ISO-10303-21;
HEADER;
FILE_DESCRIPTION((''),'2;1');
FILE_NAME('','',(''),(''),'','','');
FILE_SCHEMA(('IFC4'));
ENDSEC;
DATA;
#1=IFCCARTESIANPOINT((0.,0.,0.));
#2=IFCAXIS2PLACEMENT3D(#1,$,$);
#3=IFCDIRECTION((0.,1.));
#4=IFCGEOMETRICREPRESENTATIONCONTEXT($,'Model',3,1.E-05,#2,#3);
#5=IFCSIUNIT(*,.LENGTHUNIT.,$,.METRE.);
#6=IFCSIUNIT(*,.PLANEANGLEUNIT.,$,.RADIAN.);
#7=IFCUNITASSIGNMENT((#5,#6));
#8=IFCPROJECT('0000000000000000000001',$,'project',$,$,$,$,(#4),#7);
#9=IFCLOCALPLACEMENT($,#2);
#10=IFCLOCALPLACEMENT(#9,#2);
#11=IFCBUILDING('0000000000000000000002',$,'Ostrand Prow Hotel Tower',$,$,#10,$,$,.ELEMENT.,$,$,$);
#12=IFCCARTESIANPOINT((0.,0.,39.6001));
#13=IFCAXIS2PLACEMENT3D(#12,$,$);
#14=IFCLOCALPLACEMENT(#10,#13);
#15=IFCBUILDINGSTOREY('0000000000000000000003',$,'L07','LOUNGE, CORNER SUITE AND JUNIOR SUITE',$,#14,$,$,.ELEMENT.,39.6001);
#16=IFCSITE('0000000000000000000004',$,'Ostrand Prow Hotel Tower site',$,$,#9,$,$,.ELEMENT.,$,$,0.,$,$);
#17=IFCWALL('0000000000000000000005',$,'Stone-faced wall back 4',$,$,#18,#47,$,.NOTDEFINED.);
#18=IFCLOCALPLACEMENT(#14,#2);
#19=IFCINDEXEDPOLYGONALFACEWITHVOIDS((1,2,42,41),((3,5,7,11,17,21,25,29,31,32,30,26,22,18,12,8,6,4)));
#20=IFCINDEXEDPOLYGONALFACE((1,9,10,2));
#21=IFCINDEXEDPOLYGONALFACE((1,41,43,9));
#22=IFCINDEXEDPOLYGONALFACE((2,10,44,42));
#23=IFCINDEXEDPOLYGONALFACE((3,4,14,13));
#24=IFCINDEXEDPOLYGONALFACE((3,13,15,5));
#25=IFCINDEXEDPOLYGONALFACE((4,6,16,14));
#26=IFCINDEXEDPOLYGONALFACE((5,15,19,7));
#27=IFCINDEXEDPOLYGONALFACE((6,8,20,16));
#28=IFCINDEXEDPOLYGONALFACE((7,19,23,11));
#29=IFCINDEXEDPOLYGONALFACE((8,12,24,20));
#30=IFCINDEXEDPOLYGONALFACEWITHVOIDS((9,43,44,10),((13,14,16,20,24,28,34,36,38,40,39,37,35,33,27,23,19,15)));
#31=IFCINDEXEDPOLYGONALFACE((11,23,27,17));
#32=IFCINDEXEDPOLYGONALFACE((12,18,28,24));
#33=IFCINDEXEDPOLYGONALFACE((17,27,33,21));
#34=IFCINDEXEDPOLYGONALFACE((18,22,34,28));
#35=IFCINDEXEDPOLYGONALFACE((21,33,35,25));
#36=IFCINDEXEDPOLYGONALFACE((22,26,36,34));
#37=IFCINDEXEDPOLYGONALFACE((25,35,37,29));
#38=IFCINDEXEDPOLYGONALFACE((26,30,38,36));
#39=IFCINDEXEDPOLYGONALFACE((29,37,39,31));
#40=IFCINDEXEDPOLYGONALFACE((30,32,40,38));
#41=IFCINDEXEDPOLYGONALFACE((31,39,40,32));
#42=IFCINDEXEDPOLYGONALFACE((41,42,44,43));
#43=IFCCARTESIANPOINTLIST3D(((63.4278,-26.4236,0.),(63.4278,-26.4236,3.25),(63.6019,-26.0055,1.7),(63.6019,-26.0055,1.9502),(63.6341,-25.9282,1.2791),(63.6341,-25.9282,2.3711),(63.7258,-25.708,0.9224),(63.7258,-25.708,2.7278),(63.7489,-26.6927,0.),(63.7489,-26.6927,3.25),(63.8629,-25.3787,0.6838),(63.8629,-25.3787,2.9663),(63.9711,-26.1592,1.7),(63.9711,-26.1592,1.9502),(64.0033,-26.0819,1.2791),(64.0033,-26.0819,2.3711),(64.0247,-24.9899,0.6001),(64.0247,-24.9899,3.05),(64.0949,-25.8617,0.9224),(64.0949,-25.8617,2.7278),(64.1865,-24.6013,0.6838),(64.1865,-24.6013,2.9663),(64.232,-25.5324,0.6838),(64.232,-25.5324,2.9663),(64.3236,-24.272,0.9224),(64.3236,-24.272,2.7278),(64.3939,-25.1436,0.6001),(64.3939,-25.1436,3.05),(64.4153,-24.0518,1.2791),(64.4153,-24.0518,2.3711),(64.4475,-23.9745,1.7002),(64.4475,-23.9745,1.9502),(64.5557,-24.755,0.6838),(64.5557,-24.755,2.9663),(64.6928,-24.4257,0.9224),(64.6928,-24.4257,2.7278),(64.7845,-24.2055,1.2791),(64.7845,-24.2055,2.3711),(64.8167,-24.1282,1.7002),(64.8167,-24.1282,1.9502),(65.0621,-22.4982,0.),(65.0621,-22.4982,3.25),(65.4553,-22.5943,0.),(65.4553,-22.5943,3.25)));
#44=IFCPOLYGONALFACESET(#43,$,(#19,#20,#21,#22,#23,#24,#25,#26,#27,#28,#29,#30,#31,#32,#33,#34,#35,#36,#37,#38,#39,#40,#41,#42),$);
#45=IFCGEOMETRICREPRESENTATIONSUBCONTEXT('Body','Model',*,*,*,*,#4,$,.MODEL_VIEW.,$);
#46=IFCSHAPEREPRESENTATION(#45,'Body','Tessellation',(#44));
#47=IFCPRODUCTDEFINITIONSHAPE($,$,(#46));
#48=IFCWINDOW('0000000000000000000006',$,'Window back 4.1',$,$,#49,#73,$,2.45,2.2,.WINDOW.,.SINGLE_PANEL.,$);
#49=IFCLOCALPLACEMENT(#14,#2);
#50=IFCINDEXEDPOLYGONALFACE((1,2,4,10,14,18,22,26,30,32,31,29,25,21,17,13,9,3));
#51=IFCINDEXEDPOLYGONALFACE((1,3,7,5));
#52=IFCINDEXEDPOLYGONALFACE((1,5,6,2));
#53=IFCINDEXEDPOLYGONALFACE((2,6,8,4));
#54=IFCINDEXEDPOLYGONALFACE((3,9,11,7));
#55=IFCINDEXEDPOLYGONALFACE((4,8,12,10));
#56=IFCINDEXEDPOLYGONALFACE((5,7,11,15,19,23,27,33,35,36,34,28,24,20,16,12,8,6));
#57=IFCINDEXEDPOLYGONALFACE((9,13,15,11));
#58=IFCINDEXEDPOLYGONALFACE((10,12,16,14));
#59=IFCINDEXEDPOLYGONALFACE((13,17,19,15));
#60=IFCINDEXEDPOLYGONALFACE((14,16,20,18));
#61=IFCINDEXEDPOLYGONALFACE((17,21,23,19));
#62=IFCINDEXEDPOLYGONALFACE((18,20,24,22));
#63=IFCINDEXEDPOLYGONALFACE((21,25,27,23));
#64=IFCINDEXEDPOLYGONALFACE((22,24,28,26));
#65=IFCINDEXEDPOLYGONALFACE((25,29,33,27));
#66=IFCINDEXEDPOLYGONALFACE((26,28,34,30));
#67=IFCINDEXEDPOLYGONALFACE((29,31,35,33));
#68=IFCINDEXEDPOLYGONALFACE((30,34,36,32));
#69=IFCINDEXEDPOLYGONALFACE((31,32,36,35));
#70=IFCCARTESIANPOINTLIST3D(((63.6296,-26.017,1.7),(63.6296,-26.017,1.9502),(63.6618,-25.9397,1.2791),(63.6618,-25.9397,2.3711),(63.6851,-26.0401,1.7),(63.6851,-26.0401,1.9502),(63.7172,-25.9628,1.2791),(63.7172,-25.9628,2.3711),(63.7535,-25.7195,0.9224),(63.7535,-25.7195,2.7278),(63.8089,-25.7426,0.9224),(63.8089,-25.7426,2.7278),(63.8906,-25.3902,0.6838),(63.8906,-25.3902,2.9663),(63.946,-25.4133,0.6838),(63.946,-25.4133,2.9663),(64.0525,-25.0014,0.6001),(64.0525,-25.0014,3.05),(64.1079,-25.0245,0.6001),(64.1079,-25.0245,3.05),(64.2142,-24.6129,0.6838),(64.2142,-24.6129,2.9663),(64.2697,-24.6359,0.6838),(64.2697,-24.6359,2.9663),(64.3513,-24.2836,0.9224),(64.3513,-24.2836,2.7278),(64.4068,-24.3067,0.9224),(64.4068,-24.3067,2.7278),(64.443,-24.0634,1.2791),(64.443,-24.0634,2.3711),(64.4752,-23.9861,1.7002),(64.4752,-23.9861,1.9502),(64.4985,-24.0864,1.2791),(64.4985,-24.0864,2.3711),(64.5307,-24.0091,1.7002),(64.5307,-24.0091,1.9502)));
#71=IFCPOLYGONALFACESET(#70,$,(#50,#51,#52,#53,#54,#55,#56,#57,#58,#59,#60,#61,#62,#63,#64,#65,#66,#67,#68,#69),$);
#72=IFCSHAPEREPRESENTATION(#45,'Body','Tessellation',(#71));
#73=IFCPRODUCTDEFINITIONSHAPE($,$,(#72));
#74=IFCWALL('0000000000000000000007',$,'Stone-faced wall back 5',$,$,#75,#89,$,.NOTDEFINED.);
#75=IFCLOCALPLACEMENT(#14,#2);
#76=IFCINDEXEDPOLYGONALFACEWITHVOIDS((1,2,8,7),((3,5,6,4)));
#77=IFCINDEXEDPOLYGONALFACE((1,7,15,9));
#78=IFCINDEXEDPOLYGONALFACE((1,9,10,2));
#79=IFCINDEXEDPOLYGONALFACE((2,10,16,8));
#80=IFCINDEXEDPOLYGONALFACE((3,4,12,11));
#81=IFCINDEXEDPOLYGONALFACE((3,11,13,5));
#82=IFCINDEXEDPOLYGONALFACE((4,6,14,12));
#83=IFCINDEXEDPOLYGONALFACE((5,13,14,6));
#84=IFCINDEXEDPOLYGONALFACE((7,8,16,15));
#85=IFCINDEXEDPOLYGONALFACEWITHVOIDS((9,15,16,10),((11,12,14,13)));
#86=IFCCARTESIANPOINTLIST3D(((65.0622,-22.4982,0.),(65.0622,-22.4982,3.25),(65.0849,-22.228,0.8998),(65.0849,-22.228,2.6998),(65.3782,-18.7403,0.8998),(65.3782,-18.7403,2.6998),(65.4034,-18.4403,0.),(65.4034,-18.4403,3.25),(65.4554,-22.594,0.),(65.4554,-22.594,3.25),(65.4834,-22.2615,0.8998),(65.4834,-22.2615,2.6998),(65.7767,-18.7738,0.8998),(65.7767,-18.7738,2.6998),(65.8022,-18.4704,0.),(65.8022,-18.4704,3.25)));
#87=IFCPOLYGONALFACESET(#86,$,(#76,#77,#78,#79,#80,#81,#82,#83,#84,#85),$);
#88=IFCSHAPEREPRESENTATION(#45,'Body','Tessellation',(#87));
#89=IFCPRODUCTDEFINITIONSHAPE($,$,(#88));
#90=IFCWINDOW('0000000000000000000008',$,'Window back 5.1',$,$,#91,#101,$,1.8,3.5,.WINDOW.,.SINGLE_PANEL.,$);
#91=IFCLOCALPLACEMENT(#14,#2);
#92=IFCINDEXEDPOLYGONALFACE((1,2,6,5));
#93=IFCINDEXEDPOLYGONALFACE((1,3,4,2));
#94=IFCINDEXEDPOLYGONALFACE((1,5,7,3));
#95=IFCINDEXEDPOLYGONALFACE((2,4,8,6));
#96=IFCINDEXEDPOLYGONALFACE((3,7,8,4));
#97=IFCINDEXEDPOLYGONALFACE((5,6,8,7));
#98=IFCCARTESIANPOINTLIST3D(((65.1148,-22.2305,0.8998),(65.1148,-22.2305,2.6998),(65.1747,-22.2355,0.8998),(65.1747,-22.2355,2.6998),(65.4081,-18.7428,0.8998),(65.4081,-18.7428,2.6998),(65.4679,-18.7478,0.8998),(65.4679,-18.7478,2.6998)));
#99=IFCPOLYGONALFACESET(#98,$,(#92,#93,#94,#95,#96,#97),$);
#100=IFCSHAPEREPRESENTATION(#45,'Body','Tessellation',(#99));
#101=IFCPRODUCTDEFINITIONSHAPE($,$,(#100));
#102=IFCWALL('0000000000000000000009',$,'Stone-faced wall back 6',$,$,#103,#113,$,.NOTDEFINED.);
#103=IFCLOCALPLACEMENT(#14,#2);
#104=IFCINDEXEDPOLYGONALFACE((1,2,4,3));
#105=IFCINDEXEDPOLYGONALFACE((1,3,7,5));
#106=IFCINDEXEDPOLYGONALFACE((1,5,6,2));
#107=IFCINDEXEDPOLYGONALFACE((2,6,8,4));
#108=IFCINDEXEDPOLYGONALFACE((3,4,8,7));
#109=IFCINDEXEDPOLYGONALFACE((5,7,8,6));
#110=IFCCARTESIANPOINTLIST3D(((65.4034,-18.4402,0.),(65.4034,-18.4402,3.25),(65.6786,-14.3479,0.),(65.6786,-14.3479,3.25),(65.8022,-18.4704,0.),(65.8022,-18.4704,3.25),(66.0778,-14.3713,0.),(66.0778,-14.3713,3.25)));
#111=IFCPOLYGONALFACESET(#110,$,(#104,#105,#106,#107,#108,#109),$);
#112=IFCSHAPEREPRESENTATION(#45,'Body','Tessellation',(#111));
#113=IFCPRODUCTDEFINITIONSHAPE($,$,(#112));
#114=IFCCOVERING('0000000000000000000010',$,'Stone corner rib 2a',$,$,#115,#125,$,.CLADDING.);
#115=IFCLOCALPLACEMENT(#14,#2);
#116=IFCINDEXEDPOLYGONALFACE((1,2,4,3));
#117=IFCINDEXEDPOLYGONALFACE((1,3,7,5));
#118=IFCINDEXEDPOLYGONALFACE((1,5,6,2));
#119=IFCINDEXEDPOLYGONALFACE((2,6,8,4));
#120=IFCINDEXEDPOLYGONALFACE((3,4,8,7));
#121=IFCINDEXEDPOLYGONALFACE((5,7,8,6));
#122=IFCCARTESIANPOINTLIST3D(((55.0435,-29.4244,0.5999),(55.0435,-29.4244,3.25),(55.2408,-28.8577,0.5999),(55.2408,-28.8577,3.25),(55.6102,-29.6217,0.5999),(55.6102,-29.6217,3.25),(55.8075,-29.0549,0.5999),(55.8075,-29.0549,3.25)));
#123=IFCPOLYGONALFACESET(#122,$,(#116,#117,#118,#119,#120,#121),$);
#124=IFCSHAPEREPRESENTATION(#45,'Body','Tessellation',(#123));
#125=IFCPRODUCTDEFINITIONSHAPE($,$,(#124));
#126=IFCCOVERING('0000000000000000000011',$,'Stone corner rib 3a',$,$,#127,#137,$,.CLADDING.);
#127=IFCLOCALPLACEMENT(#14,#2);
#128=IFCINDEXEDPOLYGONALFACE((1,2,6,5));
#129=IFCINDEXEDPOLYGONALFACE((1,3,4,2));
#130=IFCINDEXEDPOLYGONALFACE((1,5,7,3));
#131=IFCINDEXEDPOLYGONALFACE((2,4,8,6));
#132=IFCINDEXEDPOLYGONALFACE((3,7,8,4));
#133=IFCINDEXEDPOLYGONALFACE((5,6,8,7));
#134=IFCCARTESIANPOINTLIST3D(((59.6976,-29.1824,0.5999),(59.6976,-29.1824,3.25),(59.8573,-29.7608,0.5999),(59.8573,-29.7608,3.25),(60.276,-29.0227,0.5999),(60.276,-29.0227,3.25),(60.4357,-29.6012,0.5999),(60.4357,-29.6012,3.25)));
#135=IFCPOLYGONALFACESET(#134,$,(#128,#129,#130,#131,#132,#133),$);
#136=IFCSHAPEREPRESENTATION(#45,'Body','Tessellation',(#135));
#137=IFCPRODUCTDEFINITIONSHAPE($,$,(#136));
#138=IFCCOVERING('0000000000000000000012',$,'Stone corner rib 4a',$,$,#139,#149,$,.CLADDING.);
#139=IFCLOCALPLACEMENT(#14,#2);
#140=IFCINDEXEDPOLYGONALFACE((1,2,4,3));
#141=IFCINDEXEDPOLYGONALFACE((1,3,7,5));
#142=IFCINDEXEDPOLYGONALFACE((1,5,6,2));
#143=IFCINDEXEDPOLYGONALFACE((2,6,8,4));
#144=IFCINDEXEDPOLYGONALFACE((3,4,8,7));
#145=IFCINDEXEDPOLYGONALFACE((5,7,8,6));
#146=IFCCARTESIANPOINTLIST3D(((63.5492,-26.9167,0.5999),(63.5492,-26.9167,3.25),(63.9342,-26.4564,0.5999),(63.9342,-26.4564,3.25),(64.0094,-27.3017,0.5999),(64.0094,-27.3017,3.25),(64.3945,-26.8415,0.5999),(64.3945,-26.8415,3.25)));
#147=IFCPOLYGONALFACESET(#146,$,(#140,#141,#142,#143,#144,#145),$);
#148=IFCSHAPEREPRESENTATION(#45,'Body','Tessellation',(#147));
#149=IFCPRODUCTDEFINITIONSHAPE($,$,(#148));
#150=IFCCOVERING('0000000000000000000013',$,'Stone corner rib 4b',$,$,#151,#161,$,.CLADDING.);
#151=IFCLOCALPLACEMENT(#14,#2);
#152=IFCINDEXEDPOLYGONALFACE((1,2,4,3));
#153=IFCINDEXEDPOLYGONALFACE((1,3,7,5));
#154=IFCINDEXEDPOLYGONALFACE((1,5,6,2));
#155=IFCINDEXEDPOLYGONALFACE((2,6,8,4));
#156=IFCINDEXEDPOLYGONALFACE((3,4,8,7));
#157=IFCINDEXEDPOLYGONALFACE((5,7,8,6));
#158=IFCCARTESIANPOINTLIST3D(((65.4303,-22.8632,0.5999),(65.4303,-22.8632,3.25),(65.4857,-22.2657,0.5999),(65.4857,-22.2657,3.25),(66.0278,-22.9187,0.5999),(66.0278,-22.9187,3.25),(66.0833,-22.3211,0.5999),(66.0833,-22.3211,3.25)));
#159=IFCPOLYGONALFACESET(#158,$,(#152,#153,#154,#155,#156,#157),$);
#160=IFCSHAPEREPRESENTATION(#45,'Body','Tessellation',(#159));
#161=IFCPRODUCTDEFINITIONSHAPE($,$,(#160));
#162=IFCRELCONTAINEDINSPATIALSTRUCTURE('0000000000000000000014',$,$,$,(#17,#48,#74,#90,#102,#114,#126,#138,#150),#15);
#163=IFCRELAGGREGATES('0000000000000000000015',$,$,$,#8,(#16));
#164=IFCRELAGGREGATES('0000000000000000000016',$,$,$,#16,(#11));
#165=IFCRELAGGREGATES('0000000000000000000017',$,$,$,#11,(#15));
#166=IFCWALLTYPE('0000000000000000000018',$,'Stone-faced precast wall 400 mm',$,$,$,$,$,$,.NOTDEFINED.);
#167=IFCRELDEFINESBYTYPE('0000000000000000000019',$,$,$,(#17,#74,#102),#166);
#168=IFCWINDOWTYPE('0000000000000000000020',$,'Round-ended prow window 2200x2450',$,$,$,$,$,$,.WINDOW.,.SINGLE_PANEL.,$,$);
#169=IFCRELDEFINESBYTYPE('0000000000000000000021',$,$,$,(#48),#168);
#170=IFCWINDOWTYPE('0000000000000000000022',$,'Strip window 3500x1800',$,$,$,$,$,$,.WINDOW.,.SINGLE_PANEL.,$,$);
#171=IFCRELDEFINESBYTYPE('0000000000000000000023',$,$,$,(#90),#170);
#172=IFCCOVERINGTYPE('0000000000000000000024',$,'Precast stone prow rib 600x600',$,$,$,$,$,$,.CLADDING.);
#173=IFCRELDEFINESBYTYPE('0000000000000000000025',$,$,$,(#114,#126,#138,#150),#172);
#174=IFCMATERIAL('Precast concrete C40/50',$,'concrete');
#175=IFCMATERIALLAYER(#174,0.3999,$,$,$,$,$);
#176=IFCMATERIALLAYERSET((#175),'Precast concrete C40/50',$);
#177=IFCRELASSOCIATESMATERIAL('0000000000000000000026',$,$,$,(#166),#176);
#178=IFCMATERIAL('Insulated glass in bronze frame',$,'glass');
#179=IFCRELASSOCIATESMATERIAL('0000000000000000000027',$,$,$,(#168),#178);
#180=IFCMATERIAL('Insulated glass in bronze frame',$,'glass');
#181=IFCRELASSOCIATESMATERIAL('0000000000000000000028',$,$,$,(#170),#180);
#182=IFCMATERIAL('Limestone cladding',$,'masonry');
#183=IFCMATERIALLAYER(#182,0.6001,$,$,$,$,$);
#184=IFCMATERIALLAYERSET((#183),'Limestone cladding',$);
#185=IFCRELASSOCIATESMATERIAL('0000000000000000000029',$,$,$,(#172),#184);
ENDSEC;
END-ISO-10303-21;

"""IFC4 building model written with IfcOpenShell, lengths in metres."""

from ifc_helpers import new_model, si_unit, direction, frame, frame_2d, origin, place, context, subcontext, project, spatial, polyline, rectangle, outline, extrude, material, layer, layer_set, type_object, element, fill, save


model = new_model("IFC4")

# Units and contexts
model_context = context("Model", 3, precision=1e-05, world=origin(), true_north=direction((0.0, 1.0)))
body_context = subcontext(model_context, "Body", "Model", "MODEL_VIEW")
ifc_project = project(units=[si_unit("LENGTHUNIT", "METRE"), si_unit("PLANEANGLEUNIT", "RADIAN")], contexts=[model_context])

# Site, building, storey
site_placement = place(None, origin())
site = spatial("IfcSite", under=ifc_project, at=site_placement, Name="Ostrand Prow Hotel Tower site", CompositionType="ELEMENT", RefElevation=0.0)
building_placement = place(site_placement, origin())
building = spatial("IfcBuilding", under=site, at=building_placement, Name="Ostrand Prow Hotel Tower", CompositionType="ELEMENT")
storey_placement = place(building_placement, frame((0.0, 0.0, 39.6001)))
storey = spatial("IfcBuildingStorey", under=building, at=storey_placement, Name="L07", Description="LOUNGE, CORNER SUITE AND JUNIOR SUITE", CompositionType="ELEMENT", Elevation=39.6001)

# Walls, openings, windows
ifc_material_1 = material(Name="Precast concrete C40/50", Category="concrete")
ifc_layer_1 = layer(ifc_material_1, 0.3999)
ifc_layer_set_1 = layer_set([ifc_layer_1], Name="Precast concrete C40/50")
wall_type_1 = type_object("IfcWallType", Name="Stone-faced precast wall 400 mm", PredefinedType="NOTDEFINED", material=ifc_layer_set_1)
ifc_material_2 = material(Name="Insulated glass in bronze frame", Category="glass")
window_type_1 = type_object("IfcWindowType", Name="Round-ended prow window 2200x2450", PartitioningType="SINGLE_PANEL", PredefinedType="WINDOW", material=ifc_material_2)
wall_1_placement = place(storey_placement, frame((63.5884, -26.5581, 0.0), z_axis=(0.0, 0.0, 1.0), x_axis=(0.384372, 0.923178, 0.0)))
wall_1 = element("IfcWall", 1, at=wall_1_placement, inside=storey, type_object=wall_type_1, Name="Stone-faced wall back 4", PredefinedType="NOTDEFINED", context=body_context, shape_type="SweptSolid", body=[
    extrude(outline(polyline([(-0.0625, -0.2), (4.377, -0.2), (4.3145, 0.2), (0.0625, 0.2), (-0.0625, -0.2)])), origin(), (0.0, 0.0, 1.0), 3.25),
])
opening_1_placement = place(wall_1_placement, frame((0.5154, 0.0, 0.6001)))
opening_1 = element("IfcOpeningElement", 2, at=opening_1_placement, cuts=wall_1, PredefinedType="OPENING", context=body_context, shape_type="SweptSolid", body=[
    extrude(outline(polyline([(0.0, 1.3501), (0.0837, 1.771), (0.3223, 2.1277), (0.679, 2.3662), (1.1001, 2.45), (1.521, 2.3662), (1.8777, 2.1277), (2.1162, 1.771), (2.2, 1.3501), (2.2, 1.1001), (2.1162, 0.679), (1.8777, 0.3223), (1.521, 0.0837), (1.1001, 0.0), (0.679, 0.0837), (0.3223, 0.3223), (0.0837, 0.679), (0.0, 1.0999), (0.0, 1.3501)])), frame((0.0, 0.21, 0.0), z_axis=(0.0, -1.0, 0.0), x_axis=(1.0, 0.0, 0.0)), (0.0, 0.0, 1.0), 0.4199),
])
window_1_placement = place(opening_1_placement, origin())
window_1 = element("IfcWindow", 3, at=window_1_placement, inside=storey, type_object=window_type_1, Name="Window back 4.1", OverallHeight=2.45, OverallWidth=2.2, PartitioningType="SINGLE_PANEL", PredefinedType="WINDOW", context=body_context, shape_type="SweptSolid", body=[
    extrude(outline(polyline([(0.0, 1.3501), (0.0837, 1.771), (0.3223, 2.1277), (0.679, 2.3662), (1.1001, 2.45), (1.521, 2.3662), (1.8777, 2.1277), (2.1162, 1.771), (2.2, 1.3501), (2.2, 1.1001), (2.1162, 0.679), (1.8777, 0.3223), (1.521, 0.0837), (1.1001, 0.0), (0.679, 0.0837), (0.3223, 0.3223), (0.0837, 0.679), (0.0, 1.0999), (0.0, 1.3501)])), frame((0.0, 0.1699, 0.0), z_axis=(0.0, -1.0, 0.0), x_axis=(1.0, 0.0, 0.0)), (0.0, 0.0, 1.0), 0.0601),
])
fill(opening_1, window_1)
wall_2_placement = place(storey_placement, frame((65.2588, -22.5461, 0.0), z_axis=(0.0, 0.0, 1.0), x_axis=(0.083794, 0.996483, 0.0)))
wall_2 = element("IfcWall", 4, at=wall_2_placement, inside=storey, type_object=wall_type_1, Name="Stone-faced wall back 5", PredefinedType="NOTDEFINED", context=body_context, shape_type="SweptSolid", body=[
    extrude(outline(polyline([(-0.0312, -0.2), (4.1069, -0.2), (4.1035, 0.2), (0.0312, 0.2), (-0.0312, -0.2)])), origin(), (0.0, 0.0, 1.0), 3.25),
])
opening_2_placement = place(wall_2_placement, frame((0.3025, 0.0, 0.8999)))
opening_2 = element("IfcOpeningElement", 5, at=opening_2_placement, cuts=wall_2, PredefinedType="OPENING", context=body_context, shape_type="SweptSolid", body=[
    extrude(rectangle(XDim=3.5, YDim=1.8, at=frame_2d((1.75, 0.8999))), frame((0.0, 0.21, 0.0), z_axis=(0.0, -1.0, 0.0), x_axis=(1.0, 0.0, 0.0)), (0.0, 0.0, 1.0), 0.4199),
])
ifc_material_3 = material(Name="Insulated glass in bronze frame", Category="glass")
window_type_2 = type_object("IfcWindowType", Name="Strip window 3500x1800", PartitioningType="SINGLE_PANEL", PredefinedType="WINDOW", material=ifc_material_3)
window_2_placement = place(opening_2_placement, origin())
window_2 = element("IfcWindow", 6, at=window_2_placement, inside=storey, type_object=window_type_2, Name="Window back 5.1", OverallHeight=1.8, OverallWidth=3.5, PartitioningType="SINGLE_PANEL", PredefinedType="WINDOW", context=body_context, shape_type="SweptSolid", body=[
    extrude(rectangle(XDim=3.5, YDim=1.8, at=frame_2d((1.75, 0.8999))), frame((0.0, 0.1699, 0.0), z_axis=(0.0, -1.0, 0.0), x_axis=(1.0, 0.0, 0.0)), (0.0, 0.0, 1.0), 0.0601),
])
fill(opening_2, window_2)

# Wall
wall_3_placement = place(storey_placement, frame((65.6028, -18.4553, 0.0), z_axis=(0.0, 0.0, 1.0), x_axis=(0.067087, 0.997747, 0.0)))
element("IfcWall", 7, at=wall_3_placement, inside=storey, type_object=wall_type_1, Name="Stone-faced wall back 6", PredefinedType="NOTDEFINED", context=body_context, shape_type="SweptSolid", body=[
    extrude(outline(polyline([(-0.0017, -0.2), (4.1067, -0.2), (4.1033, 0.2), (0.0017, 0.2), (-0.0017, -0.2)])), origin(), (0.0, 0.0, 1.0), 3.25),
])

# Coverings
ifc_material_4 = material(Name="Limestone cladding", Category="masonry")
ifc_layer_2 = layer(ifc_material_4, 0.6001)
ifc_layer_set_2 = layer_set([ifc_layer_2], Name="Limestone cladding")
covering_type = type_object("IfcCoveringType", Name="Precast stone prow rib 600x600", PredefinedType="CLADDING", material=ifc_layer_set_2)
for number, where, z_axis, x_axis, name in (
    (8, (55.5242, -28.9563, 0.5999), (0.0, 0.0, 1.0), (-0.328773, -0.944409, 0.0), "Stone corner rib 2a"),
    (9, (59.9868, -29.1025, 0.5999), (0.0, 0.0, 1.0), (0.266112, -0.963942, 0.0), "Stone corner rib 3a"),
    (10, (63.7417, -26.6865, 0.5999), (0.0, 0.0, 1.0), (0.766986, -0.641664, 0.0), "Stone corner rib 4a"),
    (11, (65.458, -22.5645, 0.5999), (0.0, 0.0, 1.0), (0.995725, -0.09237, 0.0), "Stone corner rib 4b"),
):
    element("IfcCovering", number, at=place(storey_placement, frame(where, z_axis=z_axis, x_axis=x_axis)), inside=storey, type_object=covering_type, Name=name, PredefinedType="CLADDING", context=body_context, shape_type="SweptSolid", body=[
        extrude(rectangle(XDim=0.6001, YDim=0.6001, at=frame_2d((0.3, 0.0))), origin(), (0.0, 0.0, 1.0), 2.6501),
    ])

save(model, "model.ifc")
